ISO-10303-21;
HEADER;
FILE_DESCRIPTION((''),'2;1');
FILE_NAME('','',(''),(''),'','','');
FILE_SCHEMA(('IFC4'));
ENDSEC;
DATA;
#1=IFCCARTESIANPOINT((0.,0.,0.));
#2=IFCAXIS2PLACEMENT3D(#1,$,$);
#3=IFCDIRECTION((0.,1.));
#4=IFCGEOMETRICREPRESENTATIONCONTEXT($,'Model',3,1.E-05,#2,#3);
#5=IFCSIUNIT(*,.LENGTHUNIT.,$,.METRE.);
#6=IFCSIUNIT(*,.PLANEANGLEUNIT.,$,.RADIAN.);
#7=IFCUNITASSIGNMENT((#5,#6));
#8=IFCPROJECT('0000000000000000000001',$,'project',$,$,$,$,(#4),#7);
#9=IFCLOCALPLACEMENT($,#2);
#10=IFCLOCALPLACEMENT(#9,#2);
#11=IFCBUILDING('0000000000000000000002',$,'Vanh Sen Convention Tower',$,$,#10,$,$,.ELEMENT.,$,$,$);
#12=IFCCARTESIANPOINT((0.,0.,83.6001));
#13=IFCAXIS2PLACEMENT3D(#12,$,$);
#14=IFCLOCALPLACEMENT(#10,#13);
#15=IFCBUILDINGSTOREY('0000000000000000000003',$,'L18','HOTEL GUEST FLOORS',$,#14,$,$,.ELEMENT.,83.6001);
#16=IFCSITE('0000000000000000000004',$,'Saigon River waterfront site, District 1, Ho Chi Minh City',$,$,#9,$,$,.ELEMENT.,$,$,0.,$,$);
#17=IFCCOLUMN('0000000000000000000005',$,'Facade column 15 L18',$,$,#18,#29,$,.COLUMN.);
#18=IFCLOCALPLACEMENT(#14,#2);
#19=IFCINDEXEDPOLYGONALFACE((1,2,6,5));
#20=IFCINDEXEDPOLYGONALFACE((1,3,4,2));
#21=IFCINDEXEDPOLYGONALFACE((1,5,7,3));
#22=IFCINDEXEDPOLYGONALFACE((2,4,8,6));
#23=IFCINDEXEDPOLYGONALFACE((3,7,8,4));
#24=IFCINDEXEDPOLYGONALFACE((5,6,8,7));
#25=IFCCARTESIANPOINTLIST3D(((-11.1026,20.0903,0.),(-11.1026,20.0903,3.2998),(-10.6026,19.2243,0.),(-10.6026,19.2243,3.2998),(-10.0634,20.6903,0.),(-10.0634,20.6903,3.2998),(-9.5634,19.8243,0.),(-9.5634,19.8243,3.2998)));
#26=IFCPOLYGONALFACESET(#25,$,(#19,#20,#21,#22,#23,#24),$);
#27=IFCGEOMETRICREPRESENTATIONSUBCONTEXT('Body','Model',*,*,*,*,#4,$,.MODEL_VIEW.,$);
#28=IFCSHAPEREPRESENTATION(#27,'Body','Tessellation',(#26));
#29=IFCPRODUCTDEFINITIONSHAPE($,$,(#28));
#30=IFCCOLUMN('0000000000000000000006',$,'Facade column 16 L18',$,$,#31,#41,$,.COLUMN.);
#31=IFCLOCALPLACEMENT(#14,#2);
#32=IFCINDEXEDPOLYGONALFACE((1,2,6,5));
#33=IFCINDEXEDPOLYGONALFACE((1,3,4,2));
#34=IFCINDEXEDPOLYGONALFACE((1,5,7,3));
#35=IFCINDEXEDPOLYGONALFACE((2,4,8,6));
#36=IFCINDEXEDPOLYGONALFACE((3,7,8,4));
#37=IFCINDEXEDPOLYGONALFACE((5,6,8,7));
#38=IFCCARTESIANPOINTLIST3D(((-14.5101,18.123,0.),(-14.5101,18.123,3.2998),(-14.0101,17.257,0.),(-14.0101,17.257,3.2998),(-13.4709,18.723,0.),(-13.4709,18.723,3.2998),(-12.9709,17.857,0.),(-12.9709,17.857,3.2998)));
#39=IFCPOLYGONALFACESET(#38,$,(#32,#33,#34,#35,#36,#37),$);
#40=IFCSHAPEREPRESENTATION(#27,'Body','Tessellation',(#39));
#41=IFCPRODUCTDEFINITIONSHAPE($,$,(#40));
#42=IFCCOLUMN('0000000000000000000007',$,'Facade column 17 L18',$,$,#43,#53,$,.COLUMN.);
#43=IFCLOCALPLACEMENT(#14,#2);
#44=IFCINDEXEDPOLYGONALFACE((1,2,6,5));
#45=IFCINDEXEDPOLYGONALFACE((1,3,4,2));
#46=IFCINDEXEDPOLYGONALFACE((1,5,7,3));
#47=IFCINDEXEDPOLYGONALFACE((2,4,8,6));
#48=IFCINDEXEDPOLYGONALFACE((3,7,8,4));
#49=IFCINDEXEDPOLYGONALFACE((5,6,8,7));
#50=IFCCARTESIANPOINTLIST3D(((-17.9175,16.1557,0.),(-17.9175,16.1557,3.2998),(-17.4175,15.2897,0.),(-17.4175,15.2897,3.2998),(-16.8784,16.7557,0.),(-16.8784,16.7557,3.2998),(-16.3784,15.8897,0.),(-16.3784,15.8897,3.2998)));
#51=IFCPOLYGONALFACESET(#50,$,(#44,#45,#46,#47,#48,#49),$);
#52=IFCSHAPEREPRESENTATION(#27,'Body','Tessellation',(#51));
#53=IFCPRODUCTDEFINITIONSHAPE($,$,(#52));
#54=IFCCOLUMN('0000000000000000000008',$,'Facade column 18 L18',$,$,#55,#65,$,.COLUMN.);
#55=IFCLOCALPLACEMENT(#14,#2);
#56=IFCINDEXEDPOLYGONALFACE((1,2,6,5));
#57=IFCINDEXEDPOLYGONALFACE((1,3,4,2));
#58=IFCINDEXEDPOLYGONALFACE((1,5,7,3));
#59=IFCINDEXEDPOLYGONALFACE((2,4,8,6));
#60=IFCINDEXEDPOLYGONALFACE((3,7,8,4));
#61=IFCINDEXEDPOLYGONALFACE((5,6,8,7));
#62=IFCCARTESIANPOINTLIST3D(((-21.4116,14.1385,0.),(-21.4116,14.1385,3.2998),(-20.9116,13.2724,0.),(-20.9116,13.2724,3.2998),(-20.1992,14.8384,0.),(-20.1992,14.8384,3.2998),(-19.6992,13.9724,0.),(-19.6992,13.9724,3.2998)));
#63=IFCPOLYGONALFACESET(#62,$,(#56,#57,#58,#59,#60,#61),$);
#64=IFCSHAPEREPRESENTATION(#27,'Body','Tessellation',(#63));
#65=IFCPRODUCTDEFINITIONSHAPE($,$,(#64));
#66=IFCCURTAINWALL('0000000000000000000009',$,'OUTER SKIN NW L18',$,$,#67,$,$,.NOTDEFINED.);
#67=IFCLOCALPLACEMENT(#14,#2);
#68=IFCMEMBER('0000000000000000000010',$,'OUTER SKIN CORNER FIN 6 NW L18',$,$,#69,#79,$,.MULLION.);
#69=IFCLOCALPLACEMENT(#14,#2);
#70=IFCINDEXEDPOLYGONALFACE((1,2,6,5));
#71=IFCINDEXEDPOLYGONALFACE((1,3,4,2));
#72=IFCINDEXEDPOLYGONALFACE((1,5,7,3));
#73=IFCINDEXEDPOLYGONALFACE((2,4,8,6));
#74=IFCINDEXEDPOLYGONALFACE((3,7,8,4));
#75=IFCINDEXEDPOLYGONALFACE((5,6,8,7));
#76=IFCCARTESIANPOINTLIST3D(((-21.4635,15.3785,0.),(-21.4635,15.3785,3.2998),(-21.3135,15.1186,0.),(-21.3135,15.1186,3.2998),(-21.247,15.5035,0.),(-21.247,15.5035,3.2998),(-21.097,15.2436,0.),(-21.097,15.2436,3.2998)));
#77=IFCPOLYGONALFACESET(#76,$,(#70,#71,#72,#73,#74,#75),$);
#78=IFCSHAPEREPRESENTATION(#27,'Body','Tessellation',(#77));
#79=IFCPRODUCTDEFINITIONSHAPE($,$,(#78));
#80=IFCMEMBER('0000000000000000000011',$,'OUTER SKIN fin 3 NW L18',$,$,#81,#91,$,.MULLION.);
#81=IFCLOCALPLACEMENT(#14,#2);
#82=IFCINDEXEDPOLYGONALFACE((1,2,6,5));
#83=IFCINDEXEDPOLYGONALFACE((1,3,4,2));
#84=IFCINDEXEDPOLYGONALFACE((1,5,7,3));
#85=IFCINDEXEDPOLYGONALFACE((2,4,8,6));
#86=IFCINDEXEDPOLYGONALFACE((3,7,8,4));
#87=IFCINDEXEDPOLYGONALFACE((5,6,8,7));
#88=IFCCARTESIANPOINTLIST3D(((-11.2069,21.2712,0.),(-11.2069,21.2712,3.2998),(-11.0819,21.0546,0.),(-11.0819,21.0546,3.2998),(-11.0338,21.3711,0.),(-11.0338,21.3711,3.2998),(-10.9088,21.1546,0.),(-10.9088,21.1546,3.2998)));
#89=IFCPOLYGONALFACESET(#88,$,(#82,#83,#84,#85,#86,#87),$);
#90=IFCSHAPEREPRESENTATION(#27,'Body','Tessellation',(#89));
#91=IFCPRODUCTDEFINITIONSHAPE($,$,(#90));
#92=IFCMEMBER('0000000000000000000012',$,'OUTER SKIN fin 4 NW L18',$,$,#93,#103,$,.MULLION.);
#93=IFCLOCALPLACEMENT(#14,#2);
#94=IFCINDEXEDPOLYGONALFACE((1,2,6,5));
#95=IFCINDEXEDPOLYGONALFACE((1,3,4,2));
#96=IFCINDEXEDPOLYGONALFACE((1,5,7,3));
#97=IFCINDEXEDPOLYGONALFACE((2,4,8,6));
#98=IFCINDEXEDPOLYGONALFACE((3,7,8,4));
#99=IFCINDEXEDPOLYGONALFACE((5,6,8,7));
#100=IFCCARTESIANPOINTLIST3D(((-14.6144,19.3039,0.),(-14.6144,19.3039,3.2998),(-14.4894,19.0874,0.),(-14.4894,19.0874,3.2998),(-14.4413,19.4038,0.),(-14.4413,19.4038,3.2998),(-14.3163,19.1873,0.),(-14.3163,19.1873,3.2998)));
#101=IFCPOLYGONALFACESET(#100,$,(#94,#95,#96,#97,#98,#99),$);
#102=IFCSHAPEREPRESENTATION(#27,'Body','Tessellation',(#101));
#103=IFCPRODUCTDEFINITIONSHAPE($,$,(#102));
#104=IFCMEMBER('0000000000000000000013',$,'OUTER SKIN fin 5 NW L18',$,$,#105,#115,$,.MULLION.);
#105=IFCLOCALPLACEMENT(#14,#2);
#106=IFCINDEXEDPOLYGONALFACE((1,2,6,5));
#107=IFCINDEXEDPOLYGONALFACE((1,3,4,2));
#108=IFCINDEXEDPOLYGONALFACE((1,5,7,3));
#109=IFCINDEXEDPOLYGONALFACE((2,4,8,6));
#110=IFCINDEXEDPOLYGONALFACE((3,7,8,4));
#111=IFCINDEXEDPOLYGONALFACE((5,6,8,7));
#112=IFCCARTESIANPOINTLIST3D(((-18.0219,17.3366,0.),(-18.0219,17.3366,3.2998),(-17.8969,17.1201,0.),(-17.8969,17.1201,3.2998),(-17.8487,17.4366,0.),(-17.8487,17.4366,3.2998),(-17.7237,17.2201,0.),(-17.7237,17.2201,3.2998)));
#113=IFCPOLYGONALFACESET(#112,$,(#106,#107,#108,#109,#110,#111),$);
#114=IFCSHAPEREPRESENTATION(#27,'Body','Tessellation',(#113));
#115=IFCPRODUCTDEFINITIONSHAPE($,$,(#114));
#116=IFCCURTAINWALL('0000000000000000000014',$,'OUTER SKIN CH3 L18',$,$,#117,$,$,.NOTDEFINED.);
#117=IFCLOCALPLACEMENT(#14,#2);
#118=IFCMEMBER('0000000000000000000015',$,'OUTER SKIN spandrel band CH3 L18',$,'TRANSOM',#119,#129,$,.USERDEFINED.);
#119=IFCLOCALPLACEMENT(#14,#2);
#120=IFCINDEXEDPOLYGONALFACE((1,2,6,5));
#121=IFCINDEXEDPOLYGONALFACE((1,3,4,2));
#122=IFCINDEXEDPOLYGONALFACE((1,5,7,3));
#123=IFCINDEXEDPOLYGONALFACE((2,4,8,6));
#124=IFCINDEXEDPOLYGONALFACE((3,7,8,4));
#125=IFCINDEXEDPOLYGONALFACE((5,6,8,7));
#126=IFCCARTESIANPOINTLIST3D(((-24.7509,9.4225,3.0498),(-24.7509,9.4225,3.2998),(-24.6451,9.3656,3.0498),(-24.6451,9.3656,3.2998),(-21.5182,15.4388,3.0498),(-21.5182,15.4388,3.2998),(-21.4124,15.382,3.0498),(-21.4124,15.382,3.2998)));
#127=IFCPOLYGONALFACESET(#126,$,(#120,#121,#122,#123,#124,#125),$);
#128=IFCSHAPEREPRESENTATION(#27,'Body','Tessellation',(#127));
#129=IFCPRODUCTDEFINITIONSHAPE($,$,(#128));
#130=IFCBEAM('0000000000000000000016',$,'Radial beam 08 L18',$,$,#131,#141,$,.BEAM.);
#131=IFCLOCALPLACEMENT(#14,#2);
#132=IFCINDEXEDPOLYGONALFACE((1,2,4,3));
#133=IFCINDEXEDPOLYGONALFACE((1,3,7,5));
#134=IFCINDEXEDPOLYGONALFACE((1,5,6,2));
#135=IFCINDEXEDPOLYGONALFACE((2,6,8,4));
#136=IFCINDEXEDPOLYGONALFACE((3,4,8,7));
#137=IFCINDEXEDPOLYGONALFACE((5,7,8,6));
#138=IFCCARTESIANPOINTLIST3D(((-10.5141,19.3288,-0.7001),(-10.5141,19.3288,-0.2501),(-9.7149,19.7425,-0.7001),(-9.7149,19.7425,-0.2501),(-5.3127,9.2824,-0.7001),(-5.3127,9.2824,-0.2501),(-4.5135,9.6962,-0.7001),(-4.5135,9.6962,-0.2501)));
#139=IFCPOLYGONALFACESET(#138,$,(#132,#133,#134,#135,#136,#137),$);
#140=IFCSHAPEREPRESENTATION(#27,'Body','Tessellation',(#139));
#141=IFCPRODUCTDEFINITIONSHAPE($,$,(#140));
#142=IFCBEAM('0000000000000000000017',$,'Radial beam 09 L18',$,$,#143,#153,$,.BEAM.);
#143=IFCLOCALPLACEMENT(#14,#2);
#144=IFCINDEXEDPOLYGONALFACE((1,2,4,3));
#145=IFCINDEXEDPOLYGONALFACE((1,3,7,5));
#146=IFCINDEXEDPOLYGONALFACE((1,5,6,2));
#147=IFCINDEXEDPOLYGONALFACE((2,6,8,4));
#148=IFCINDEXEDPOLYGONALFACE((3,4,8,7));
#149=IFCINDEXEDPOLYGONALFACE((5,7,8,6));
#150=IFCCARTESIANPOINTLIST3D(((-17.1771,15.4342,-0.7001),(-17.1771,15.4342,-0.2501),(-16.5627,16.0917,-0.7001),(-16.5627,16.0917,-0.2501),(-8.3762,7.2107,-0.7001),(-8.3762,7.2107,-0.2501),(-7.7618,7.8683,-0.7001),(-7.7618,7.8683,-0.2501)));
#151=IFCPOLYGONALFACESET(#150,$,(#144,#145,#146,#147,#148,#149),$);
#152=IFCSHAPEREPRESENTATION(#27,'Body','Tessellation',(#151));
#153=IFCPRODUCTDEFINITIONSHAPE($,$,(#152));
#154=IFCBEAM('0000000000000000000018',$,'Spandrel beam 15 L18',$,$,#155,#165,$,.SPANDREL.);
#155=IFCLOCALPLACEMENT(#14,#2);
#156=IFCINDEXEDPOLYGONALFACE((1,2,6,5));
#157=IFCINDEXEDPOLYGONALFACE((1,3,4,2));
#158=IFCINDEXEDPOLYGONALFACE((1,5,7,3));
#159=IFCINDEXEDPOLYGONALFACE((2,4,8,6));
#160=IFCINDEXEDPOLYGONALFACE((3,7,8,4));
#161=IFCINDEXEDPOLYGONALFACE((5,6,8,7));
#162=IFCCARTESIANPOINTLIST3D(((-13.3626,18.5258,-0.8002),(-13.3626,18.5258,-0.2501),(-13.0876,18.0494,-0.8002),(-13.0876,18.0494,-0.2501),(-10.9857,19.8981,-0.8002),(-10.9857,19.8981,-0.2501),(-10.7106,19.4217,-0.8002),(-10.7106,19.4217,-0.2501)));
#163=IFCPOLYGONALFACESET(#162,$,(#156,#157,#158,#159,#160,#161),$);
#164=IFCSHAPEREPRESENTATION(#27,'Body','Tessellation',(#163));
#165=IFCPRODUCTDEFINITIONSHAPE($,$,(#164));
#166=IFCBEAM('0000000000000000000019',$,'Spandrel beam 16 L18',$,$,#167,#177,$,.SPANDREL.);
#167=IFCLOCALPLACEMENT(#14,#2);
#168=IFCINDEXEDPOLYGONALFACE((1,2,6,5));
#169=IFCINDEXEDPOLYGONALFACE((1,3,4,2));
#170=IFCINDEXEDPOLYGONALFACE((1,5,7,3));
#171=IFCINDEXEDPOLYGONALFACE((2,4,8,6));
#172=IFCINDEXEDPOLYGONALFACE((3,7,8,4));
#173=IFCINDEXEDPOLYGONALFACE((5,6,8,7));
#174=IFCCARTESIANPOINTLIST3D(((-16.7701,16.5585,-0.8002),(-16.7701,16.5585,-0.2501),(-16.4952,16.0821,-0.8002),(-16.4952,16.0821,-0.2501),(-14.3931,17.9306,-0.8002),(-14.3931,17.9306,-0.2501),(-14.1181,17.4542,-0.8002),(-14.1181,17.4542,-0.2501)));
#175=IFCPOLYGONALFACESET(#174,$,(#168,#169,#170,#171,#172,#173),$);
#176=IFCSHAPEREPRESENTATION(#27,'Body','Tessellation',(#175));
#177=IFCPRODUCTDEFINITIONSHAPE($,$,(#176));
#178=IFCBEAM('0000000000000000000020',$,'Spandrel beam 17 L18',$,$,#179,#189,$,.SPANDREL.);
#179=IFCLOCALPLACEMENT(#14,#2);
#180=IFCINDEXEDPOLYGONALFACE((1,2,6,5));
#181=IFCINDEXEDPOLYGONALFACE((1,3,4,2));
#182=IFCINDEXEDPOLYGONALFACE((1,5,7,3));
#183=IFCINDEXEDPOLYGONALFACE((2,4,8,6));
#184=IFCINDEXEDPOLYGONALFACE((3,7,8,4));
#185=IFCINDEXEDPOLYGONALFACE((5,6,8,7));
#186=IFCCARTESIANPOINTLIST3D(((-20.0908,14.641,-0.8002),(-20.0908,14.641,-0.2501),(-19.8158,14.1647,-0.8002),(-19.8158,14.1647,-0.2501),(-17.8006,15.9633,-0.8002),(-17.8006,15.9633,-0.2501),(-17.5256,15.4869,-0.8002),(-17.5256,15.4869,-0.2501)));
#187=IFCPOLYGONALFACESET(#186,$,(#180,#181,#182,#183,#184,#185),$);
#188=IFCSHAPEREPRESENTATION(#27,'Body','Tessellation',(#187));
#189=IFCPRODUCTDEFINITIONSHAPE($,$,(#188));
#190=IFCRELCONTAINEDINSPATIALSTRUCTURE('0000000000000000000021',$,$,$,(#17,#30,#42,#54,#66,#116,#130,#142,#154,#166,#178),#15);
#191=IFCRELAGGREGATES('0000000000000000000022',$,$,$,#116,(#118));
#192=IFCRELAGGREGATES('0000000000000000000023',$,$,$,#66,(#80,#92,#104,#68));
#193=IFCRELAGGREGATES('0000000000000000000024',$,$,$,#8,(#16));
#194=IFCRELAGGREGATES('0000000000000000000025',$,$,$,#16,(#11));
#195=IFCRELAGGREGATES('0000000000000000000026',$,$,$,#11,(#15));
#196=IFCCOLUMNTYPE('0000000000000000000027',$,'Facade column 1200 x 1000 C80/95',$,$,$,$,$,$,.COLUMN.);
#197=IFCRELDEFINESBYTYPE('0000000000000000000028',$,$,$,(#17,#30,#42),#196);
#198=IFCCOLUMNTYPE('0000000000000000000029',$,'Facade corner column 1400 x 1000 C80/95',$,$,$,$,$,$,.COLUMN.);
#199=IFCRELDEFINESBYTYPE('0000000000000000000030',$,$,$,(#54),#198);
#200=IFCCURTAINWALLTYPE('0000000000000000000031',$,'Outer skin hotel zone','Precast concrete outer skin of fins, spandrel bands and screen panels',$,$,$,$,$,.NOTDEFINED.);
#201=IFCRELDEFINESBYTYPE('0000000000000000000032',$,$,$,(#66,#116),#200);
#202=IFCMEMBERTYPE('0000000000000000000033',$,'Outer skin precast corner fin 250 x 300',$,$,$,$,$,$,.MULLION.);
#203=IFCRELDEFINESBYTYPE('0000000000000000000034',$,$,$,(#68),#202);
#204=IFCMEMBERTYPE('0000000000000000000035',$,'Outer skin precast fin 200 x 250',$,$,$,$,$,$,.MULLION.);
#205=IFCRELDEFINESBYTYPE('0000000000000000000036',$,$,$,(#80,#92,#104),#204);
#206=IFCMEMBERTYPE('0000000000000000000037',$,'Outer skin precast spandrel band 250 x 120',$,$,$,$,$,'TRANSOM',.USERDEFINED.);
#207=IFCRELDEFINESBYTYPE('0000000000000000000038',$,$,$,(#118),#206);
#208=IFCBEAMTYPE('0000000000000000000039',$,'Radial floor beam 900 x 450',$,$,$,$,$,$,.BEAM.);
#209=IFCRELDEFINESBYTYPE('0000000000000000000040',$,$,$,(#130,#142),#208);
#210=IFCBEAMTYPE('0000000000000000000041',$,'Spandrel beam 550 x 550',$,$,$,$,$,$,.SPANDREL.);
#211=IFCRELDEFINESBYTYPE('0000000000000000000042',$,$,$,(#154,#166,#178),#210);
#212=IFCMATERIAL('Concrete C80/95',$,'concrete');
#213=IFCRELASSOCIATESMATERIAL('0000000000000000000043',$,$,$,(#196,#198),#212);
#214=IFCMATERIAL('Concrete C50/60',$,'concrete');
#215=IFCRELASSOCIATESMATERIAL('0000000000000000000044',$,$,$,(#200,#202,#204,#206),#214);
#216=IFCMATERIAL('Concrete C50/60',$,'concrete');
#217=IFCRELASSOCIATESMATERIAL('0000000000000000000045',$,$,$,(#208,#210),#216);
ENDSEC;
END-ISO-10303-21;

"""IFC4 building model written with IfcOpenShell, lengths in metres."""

from ifc_helpers import new_model, si_unit, direction, frame, origin, origin_2d, place, context, subcontext, project, spatial, rectangle, extrude, material, material_profile, profile_set, type_object, element, aggregate, save


model = new_model("IFC4")

# Units and contexts
model_context = context("Model", 3, precision=1e-05, world=origin(), true_north=direction((0.0, 1.0)))
body_context = subcontext(model_context, "Body", "Model", "MODEL_VIEW")
ifc_project = project(units=[si_unit("LENGTHUNIT", "METRE"), si_unit("PLANEANGLEUNIT", "RADIAN")], contexts=[model_context])

# Site, building, storey
site_placement = place(None, origin())
site = spatial("IfcSite", under=ifc_project, at=site_placement, Name="Saigon River waterfront site, District 1, Ho Chi Minh City", CompositionType="ELEMENT", RefElevation=0.0)
building_placement = place(site_placement, origin())
building = spatial("IfcBuilding", under=site, at=building_placement, Name="Vanh Sen Convention Tower", CompositionType="ELEMENT")
storey_placement = place(building_placement, frame((0.0, 0.0, 83.6001)))
storey = spatial("IfcBuildingStorey", under=building, at=storey_placement, Name="L18", Description="HOTEL GUEST FLOORS", CompositionType="ELEMENT", Elevation=83.6001)

# Columns
ifc_material_1 = material(Name="Concrete C80/95", Category="concrete")
ifc_material_profile_1 = material_profile(ifc_material_1, rectangle(XDim=1.2, YDim=1.0, at=origin_2d()), Name="RC 1200X1000")
ifc_profile_set_1 = profile_set([ifc_material_profile_1], Name="Concrete C80/95")
column_type_1 = type_object("IfcColumnType", Name="Facade column 1200 x 1000 C80/95", PredefinedType="COLUMN", material=ifc_profile_set_1)
for number, where, z_axis, x_axis, name in (
    (1, (-10.333, 19.9573, 0.0), (0.0, 0.0, 1.0), (-0.866025, -0.5, 0.0), "Facade column 15 L18"),
    (2, (-13.7405, 17.99, 0.0), (0.0, 0.0, 1.0), (-0.866025, -0.5, 0.0), "Facade column 16 L18"),
    (3, (-17.1479, 16.0227, 0.0), (0.0, 0.0, 1.0), (-0.866025, -0.5, 0.0), "Facade column 17 L18"),
):
    element("IfcColumn", number, at=place(storey_placement, frame(where, z_axis=z_axis, x_axis=x_axis)), inside=storey, type_object=column_type_1, Name=name, PredefinedType="COLUMN", context=body_context, shape_type="SweptSolid", body=[
        extrude(rectangle(XDim=1.2, YDim=1.0, at=origin_2d()), origin(), (0.0, 0.0, 1.0), 3.2998),
    ])
ifc_material_profile_2 = material_profile(ifc_material_1, rectangle(XDim=1.3999, YDim=1.0, at=origin_2d()), Name="RC 1400X1000")
ifc_profile_set_2 = profile_set([ifc_material_profile_2], Name="Concrete C80/95")
column_type_2 = type_object("IfcColumnType", Name="Facade corner column 1400 x 1000 C80/95", PredefinedType="COLUMN", material=ifc_profile_set_2)
column_placement = place(storey_placement, frame((-20.5554, 14.0554, 0.0), z_axis=(0.0, 0.0, 1.0), x_axis=(-0.866025, -0.5, 0.0)))
element("IfcColumn", 4, at=column_placement, inside=storey, type_object=column_type_2, Name="Facade column 18 L18", PredefinedType="COLUMN", context=body_context, shape_type="SweptSolid", body=[
    extrude(rectangle(XDim=1.3999, YDim=1.0, at=origin_2d()), origin(), (0.0, 0.0, 1.0), 3.2998),
])

# Curtain wall, members
ifc_material_2 = material(Name="Concrete C50/60", Category="concrete")
curtain_wall_type = type_object("IfcCurtainWallType", Name="Outer skin hotel zone", Description="Precast concrete outer skin of fins, spandrel bands and screen panels", PredefinedType="NOTDEFINED", material=ifc_material_2)
curtain_wall_1_placement = place(storey_placement, origin())
curtain_wall_1 = element("IfcCurtainWall", 5, at=curtain_wall_1_placement, inside=storey, type_object=curtain_wall_type, Name="OUTER SKIN NW L18", PredefinedType="NOTDEFINED")
ifc_material_profile_3 = material_profile(ifc_material_2, rectangle(XDim=0.25, YDim=0.3, at=origin_2d()), Name="Outer skin precast corner fin 250 x 300")
ifc_profile_set_3 = profile_set([ifc_material_profile_3], Name="Concrete C50/60")
member_type_1 = type_object("IfcMemberType", Name="Outer skin precast corner fin 250 x 300", PredefinedType="MULLION", material=ifc_profile_set_3)
member_1_placement = place(storey_placement, frame((-21.2803, 15.311, 0.0), z_axis=(0.0, 0.0, 1.0), x_axis=(-0.866025, -0.5, 0.0)))
member_1 = element("IfcMember", 6, at=member_1_placement, type_object=member_type_1, Name="OUTER SKIN CORNER FIN 6 NW L18", PredefinedType="MULLION", context=body_context, shape_type="SweptSolid", body=[
    extrude(rectangle(XDim=0.25, YDim=0.3, at=origin_2d()), origin(), (0.0, 0.0, 1.0), 3.2998),
])
ifc_material_profile_4 = material_profile(ifc_material_2, rectangle(XDim=0.2, YDim=0.25, at=origin_2d()), Name="Outer skin precast fin 200 x 250")
ifc_profile_set_4 = profile_set([ifc_material_profile_4], Name="Concrete C50/60")
member_type_2 = type_object("IfcMemberType", Name="Outer skin precast fin 200 x 250", PredefinedType="MULLION", material=ifc_profile_set_4)
member_2_placement = place(storey_placement, frame((-11.0579, 21.2129, 0.0), z_axis=(0.0, 0.0, 1.0), x_axis=(-0.866025, -0.5, 0.0)))
member_2 = element("IfcMember", 7, at=member_2_placement, type_object=member_type_2, Name="OUTER SKIN fin 3 NW L18", PredefinedType="MULLION", context=body_context, shape_type="SweptSolid", body=[
    extrude(rectangle(XDim=0.2, YDim=0.25, at=origin_2d()), origin(), (0.0, 0.0, 1.0), 3.2998),
])
member_3_placement = place(storey_placement, frame((-14.4653, 19.2456, 0.0), z_axis=(0.0, 0.0, 1.0), x_axis=(-0.866025, -0.5, 0.0)))
member_3 = element("IfcMember", 8, at=member_3_placement, type_object=member_type_2, Name="OUTER SKIN fin 4 NW L18", PredefinedType="MULLION", context=body_context, shape_type="SweptSolid", body=[
    extrude(rectangle(XDim=0.2, YDim=0.25, at=origin_2d()), origin(), (0.0, 0.0, 1.0), 3.2998),
])
member_4_placement = place(storey_placement, frame((-17.8728, 17.2783, 0.0), z_axis=(0.0, 0.0, 1.0), x_axis=(-0.866025, -0.5, 0.0)))
member_4 = element("IfcMember", 9, at=member_4_placement, type_object=member_type_2, Name="OUTER SKIN fin 5 NW L18", PredefinedType="MULLION", context=body_context, shape_type="SweptSolid", body=[
    extrude(rectangle(XDim=0.2, YDim=0.25, at=origin_2d()), origin(), (0.0, 0.0, 1.0), 3.2998),
])

# Curtain wall, member
curtain_wall_2_placement = place(storey_placement, origin())
curtain_wall_2 = element("IfcCurtainWall", 10, at=curtain_wall_2_placement, inside=storey, type_object=curtain_wall_type, Name="OUTER SKIN CH3 L18", PredefinedType="NOTDEFINED")
ifc_material_profile_5 = material_profile(ifc_material_2, rectangle(XDim=0.1201, YDim=0.25, at=origin_2d()), Name="Outer skin precast spandrel band 250 x 120")
ifc_profile_set_5 = profile_set([ifc_material_profile_5], Name="Concrete C50/60")
member_type_3 = type_object("IfcMemberType", Name="Outer skin precast spandrel band 250 x 120", ElementType="TRANSOM", PredefinedType="USERDEFINED", material=ifc_profile_set_5)
member_5_placement = place(storey_placement, frame((-21.4653, 15.4104, 3.1748), z_axis=(-0.473315, -0.880893, 0.0), x_axis=(0.880893, -0.473315, 0.0)))
member_5 = element("IfcMember", 11, at=member_5_placement, type_object=member_type_3, Name="OUTER SKIN spandrel band CH3 L18", ObjectType="TRANSOM", PredefinedType="USERDEFINED", context=body_context, shape_type="SweptSolid", body=[
    extrude(rectangle(XDim=0.1201, YDim=0.25, at=origin_2d()), origin(), (0.0, 0.0, 1.0), 6.8298),
])
aggregate(curtain_wall_2, [member_5])

# Beams
ifc_material_3 = material(Name="Concrete C50/60", Category="concrete")
ifc_material_profile_6 = material_profile(ifc_material_3, rectangle(XDim=0.8999, YDim=0.45, at=origin_2d()), Name="RC 900X450")
ifc_profile_set_6 = profile_set([ifc_material_profile_6], Name="Concrete C50/60")
beam_type_1 = type_object("IfcBeamType", Name="Radial floor beam 900 x 450", PredefinedType="BEAM", material=ifc_profile_set_6)
beam_1_placement = place(storey_placement, frame((-10.1145, 19.5356, -0.4751), z_axis=(0.459772, -0.888037, 0.0), x_axis=(0.888037, 0.459772, 0.0)))
element("IfcBeam", 12, at=beam_1_placement, inside=storey, type_object=beam_type_1, Name="Radial beam 08 L18", PredefinedType="BEAM", context=body_context, shape_type="SweptSolid", body=[
    extrude(rectangle(XDim=0.8999, YDim=0.45, at=origin_2d()), origin(), (0.0, 0.0, 1.0), 11.313),
])
beam_2_placement = place(storey_placement, frame((-16.8699, 15.7629, -0.4751), z_axis=(0.730669, -0.682732, 0.0), x_axis=(0.682732, 0.730669, 0.0)))
element("IfcBeam", 13, at=beam_2_placement, inside=storey, type_object=beam_type_1, Name="Radial beam 09 L18", PredefinedType="BEAM", context=body_context, shape_type="SweptSolid", body=[
    extrude(rectangle(XDim=0.8999, YDim=0.45, at=origin_2d()), origin(), (0.0, 0.0, 1.0), 12.0449),
])
ifc_material_profile_7 = material_profile(ifc_material_3, rectangle(XDim=0.55, YDim=0.55, at=origin_2d()), Name="RC 550X550")
ifc_profile_set_7 = profile_set([ifc_material_profile_7], Name="Concrete C50/60")
beam_type_2 = type_object("IfcBeamType", Name="Spandrel beam 550 x 550", PredefinedType="SPANDREL", material=ifc_profile_set_7)
for number, where, z_axis, x_axis, name in (
    (14, (-10.8481, 19.6599, -0.5251), (-0.866029, -0.499995, 0.0), (0.499995, -0.866029, 0.0), "Spandrel beam 15 L18"),
    (15, (-14.2556, 17.6924, -0.5251), (-0.866067, -0.499928, 0.0), (0.499928, -0.866067, 0.0), "Spandrel beam 16 L18"),
):
    element("IfcBeam", number, at=place(storey_placement, frame(where, z_axis=z_axis, x_axis=x_axis)), inside=storey, type_object=beam_type_2, Name=name, PredefinedType="SPANDREL", context=body_context, shape_type="SweptSolid", body=[
        extrude(rectangle(XDim=0.55, YDim=0.55, at=origin_2d()), origin(), (0.0, 0.0, 1.0), 2.7446),
    ])
beam_3_placement = place(storey_placement, frame((-17.6631, 15.7251, -0.5251), z_axis=(-0.86603, -0.499991, 0.0), x_axis=(0.499991, -0.86603, 0.0)))
element("IfcBeam", 16, at=beam_3_placement, inside=storey, type_object=beam_type_2, Name="Spandrel beam 17 L18", PredefinedType="SPANDREL", context=body_context, shape_type="SweptSolid", body=[
    extrude(rectangle(XDim=0.55, YDim=0.55, at=origin_2d()), origin(), (0.0, 0.0, 1.0), 2.6445),
])

aggregate(curtain_wall_1, [member_2, member_3, member_4, member_1])

save(model, "model.ifc")
